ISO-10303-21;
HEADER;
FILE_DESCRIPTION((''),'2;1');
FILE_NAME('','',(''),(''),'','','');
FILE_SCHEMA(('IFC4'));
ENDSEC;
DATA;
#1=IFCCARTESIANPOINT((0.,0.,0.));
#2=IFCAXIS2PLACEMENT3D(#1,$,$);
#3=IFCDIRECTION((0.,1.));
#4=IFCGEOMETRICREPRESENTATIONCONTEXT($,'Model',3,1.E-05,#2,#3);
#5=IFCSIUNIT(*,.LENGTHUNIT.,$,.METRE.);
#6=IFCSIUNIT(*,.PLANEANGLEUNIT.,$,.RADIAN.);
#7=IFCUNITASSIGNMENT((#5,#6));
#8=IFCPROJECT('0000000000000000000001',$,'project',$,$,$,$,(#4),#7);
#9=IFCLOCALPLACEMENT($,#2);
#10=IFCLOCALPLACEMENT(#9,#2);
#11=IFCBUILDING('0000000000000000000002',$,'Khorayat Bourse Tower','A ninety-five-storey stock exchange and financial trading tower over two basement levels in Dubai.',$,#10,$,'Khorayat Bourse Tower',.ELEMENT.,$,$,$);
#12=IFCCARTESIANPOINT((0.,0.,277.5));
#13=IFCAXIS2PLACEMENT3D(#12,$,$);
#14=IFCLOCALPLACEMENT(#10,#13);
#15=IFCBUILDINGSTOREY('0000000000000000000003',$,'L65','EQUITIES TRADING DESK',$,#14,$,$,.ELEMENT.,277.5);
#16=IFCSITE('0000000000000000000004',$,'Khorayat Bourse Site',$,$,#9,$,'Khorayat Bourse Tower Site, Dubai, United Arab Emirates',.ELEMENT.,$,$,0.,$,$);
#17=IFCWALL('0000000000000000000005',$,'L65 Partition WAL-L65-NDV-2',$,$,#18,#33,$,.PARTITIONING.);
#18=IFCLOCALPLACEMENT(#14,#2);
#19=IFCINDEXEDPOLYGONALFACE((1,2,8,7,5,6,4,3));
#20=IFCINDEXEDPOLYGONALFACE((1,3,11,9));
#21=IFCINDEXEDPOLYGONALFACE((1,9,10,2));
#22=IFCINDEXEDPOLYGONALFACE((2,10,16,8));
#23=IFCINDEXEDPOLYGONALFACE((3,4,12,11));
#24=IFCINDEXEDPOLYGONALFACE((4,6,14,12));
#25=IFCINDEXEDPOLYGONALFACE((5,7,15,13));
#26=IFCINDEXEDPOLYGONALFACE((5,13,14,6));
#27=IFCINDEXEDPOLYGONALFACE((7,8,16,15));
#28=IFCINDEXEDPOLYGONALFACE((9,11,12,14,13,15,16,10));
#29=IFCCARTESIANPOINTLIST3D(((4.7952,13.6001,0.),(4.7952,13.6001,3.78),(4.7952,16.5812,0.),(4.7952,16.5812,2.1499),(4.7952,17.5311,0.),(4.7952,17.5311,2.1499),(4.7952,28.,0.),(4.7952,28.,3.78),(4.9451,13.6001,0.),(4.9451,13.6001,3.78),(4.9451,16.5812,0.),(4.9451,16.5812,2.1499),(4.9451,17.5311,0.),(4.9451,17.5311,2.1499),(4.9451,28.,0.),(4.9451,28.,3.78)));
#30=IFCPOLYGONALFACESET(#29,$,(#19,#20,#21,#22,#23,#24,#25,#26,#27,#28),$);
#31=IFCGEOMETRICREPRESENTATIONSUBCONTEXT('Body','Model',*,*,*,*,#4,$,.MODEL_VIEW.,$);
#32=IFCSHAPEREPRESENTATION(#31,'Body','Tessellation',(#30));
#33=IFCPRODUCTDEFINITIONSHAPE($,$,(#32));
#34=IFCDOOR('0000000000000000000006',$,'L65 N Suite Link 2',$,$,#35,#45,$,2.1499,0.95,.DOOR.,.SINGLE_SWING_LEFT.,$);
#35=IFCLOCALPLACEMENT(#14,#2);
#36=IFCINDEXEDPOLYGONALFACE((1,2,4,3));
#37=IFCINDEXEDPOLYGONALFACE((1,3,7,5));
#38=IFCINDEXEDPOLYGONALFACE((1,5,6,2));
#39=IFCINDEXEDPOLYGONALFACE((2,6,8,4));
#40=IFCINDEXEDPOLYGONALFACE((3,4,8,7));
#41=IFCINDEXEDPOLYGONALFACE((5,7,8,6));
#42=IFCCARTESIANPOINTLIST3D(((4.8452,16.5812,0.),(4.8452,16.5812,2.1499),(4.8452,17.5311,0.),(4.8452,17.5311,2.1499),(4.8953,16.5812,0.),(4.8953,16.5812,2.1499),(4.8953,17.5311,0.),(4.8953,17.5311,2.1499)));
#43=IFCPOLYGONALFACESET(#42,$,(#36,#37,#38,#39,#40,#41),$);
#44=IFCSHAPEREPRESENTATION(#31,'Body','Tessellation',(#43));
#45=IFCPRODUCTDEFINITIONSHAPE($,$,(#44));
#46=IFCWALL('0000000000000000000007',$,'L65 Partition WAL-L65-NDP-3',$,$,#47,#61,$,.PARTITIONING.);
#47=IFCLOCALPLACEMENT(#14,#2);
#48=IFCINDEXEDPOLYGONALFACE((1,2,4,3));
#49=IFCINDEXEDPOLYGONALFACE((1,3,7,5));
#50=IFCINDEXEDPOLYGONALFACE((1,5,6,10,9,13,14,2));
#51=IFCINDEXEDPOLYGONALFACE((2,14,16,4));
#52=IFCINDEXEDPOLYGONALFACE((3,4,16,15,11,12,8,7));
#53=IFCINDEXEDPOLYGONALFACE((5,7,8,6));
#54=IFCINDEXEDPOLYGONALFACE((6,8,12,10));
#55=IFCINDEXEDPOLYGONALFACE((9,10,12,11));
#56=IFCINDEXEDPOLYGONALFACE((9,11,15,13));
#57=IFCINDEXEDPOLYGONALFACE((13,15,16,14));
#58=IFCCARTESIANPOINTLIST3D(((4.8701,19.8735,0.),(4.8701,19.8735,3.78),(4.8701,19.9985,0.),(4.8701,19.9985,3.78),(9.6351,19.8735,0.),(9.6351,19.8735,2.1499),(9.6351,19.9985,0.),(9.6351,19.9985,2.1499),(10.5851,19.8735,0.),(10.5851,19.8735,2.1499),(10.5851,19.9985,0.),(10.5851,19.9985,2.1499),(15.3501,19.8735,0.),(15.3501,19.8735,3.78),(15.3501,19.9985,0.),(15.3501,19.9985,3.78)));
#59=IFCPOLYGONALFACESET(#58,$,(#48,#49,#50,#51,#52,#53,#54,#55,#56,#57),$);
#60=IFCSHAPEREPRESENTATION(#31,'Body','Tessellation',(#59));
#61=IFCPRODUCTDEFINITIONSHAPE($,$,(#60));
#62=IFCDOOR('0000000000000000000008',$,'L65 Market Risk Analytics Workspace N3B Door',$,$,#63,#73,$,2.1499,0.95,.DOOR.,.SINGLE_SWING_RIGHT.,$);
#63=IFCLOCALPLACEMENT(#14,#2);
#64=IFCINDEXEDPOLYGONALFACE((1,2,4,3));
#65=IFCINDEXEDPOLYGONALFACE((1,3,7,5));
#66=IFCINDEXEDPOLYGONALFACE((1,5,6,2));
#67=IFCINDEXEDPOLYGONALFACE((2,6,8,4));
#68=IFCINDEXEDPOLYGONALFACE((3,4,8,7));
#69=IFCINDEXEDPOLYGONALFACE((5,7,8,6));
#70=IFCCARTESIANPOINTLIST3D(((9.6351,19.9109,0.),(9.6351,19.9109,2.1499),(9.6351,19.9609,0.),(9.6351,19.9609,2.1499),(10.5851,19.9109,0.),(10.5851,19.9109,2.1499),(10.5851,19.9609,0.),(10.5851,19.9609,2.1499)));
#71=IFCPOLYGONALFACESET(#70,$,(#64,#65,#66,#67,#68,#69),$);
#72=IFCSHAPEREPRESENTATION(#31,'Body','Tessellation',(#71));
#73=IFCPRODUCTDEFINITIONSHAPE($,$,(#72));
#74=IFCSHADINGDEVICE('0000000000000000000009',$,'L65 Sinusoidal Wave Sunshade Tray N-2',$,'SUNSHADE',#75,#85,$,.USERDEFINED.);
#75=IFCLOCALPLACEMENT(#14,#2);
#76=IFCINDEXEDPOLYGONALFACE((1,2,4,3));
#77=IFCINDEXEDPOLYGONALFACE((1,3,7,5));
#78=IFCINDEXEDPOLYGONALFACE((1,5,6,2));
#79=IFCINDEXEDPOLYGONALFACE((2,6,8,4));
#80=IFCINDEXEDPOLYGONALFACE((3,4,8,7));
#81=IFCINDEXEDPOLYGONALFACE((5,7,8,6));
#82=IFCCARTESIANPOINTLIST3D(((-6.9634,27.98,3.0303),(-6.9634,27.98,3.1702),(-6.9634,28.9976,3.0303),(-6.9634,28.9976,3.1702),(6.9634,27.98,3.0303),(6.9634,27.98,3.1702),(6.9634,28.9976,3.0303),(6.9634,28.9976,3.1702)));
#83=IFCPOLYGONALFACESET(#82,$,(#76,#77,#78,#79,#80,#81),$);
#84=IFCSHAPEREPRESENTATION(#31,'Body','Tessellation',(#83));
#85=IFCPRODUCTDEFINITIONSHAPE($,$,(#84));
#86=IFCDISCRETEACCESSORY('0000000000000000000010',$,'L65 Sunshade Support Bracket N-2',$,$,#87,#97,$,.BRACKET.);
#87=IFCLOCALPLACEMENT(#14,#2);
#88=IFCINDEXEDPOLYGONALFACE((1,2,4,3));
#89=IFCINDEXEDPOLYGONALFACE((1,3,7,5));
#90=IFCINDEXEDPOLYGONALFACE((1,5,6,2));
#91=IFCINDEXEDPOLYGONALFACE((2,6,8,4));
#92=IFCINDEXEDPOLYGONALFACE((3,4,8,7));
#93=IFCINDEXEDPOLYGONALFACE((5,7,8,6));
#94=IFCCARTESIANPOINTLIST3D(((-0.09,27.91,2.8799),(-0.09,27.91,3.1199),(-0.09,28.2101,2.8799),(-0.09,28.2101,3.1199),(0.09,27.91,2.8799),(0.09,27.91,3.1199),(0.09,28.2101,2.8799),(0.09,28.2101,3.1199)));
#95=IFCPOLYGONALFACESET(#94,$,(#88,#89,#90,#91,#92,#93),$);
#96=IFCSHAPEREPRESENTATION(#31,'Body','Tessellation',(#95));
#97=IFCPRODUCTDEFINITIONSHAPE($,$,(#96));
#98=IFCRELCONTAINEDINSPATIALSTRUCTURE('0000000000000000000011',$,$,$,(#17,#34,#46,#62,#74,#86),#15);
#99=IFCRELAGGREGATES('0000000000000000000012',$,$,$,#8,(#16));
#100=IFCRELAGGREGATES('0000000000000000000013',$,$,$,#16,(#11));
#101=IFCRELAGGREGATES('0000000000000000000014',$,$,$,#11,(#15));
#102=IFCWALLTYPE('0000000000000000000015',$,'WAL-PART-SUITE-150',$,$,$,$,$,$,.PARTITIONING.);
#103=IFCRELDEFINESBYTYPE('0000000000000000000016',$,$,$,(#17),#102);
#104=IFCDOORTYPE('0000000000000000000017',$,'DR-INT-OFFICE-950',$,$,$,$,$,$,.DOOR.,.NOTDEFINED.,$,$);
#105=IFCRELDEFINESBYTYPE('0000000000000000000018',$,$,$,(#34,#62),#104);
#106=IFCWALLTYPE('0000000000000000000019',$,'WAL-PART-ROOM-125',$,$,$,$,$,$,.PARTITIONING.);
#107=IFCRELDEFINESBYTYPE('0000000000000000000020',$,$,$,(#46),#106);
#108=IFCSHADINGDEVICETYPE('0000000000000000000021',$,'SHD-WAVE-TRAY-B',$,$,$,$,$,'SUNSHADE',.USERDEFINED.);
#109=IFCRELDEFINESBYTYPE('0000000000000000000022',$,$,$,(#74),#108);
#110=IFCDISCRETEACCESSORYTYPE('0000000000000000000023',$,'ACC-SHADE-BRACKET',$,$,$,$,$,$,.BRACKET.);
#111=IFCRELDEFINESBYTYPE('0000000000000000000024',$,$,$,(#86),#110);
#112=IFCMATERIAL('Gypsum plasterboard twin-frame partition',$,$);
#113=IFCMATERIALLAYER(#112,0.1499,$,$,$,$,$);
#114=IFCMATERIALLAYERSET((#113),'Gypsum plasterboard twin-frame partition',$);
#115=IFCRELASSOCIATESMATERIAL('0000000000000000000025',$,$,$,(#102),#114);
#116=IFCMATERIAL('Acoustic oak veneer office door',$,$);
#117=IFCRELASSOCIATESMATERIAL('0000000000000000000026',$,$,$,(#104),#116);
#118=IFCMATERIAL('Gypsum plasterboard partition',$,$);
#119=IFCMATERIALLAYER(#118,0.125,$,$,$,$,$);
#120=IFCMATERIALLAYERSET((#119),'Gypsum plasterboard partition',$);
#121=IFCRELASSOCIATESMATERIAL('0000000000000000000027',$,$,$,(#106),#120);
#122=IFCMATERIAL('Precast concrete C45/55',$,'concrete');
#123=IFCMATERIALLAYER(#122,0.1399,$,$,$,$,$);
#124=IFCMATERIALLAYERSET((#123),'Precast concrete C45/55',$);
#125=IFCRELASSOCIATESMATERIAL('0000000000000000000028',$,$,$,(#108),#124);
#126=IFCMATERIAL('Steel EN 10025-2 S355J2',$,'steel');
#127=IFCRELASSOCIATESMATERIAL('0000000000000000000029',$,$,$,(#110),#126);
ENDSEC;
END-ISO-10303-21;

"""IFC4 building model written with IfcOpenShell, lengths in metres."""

from ifc_helpers import new_model, si_unit, direction, frame, frame_2d, origin, origin_2d, place, context, subcontext, project, spatial, rectangle, extrude, source, transform, mapped, material, layer, layer_set, type_object, element, fill, save


model = new_model("IFC4")

# Units and contexts
model_context = context("Model", 3, precision=1e-05, world=origin(), true_north=direction((0.0, 1.0)))
body_context = subcontext(model_context, "Body", "Model", "MODEL_VIEW")
ifc_project = project(units=[si_unit("LENGTHUNIT", "METRE"), si_unit("PLANEANGLEUNIT", "RADIAN")], contexts=[model_context])

# Site, building, storey
site_placement = place(None, origin())
site = spatial("IfcSite", under=ifc_project, at=site_placement, Name="Khorayat Bourse Site", LongName="Khorayat Bourse Tower Site, Dubai, United Arab Emirates", CompositionType="ELEMENT", RefElevation=0.0)
building_placement = place(site_placement, origin())
building = spatial("IfcBuilding", under=site, at=building_placement, Name="Khorayat Bourse Tower", Description="A ninety-five-storey stock exchange and financial trading tower over two basement levels in Dubai.", LongName="Khorayat Bourse Tower", CompositionType="ELEMENT")
storey_placement = place(building_placement, frame((0.0, 0.0, 277.5)))
storey = spatial("IfcBuildingStorey", under=building, at=storey_placement, Name="L65", Description="EQUITIES TRADING DESK", CompositionType="ELEMENT", Elevation=277.5)

# Shared definitions
ifc_material_1 = material(Name="Steel EN 10025-2 S355J2", Category="steel")

# Walls, openings, doors
ifc_material_2 = material(Name="Gypsum plasterboard twin-frame partition")
ifc_layer_1 = layer(ifc_material_2, 0.1499)
ifc_layer_set_1 = layer_set([ifc_layer_1], Name="Gypsum plasterboard twin-frame partition")
wall_type_1 = type_object("IfcWallType", Name="WAL-PART-SUITE-150", PredefinedType="PARTITIONING", material=ifc_layer_set_1)
shared_shape_1 = source(origin(), body_context, "Body", "SweptSolid", [
    extrude(rectangle(XDim=14.3999, YDim=0.1499, at=frame_2d((7.2, 0.0))), origin(), (0.0, 0.0, 1.0), 3.78),
])
wall_1_placement = place(storey_placement, frame((4.8701, 13.6001, 0.0), z_axis=(0.0, 0.0, 1.0), x_axis=(0.0, 1.0, 0.0)))
wall_1 = element("IfcWall", 1, at=wall_1_placement, inside=storey, type_object=wall_type_1, Name="L65 Partition WAL-L65-NDV-2", PredefinedType="PARTITIONING", context=body_context, shape_type="MappedRepresentation", body=[
    mapped(shared_shape_1, transform((0.0, 0.0, 0.0), scale=1.0)),
])
shared_shape_2 = source(origin(), body_context, "Body", "SweptSolid", [
    extrude(rectangle(XDim=0.95, YDim=2.1499, at=frame_2d((0.4751, 1.075))), frame((0.0, 0.085, 0.0), z_axis=(0.0, -1.0, 0.0), x_axis=(1.0, 0.0, 0.0)), (0.0, 0.0, 1.0), 0.1699),
])
opening_1_placement = place(wall_1_placement, frame((2.981, 0.0, 0.0)))
opening_1 = element("IfcOpeningElement", 2, at=opening_1_placement, cuts=wall_1, PredefinedType="OPENING", context=body_context, shape_type="MappedRepresentation", body=[
    mapped(shared_shape_2, transform((0.0, 0.0, 0.0), scale=1.0)),
])
ifc_material_3 = material(Name="Acoustic oak veneer office door")
door_type_1 = type_object("IfcDoorType", Name="DR-INT-OFFICE-950", OperationType="NOTDEFINED", PredefinedType="DOOR", material=ifc_material_3)
shared_shape_3 = source(origin(), body_context, "Body", "SweptSolid", [
    extrude(rectangle(XDim=0.95, YDim=2.1499, at=frame_2d((0.4751, 1.075))), frame((0.0, 0.0249, 0.0), z_axis=(0.0, -1.0, 0.0), x_axis=(1.0, 0.0, 0.0)), (0.0, 0.0, 1.0), 0.05),
])
door_1_placement = place(opening_1_placement, origin())
door_1 = element("IfcDoor", 3, at=door_1_placement, inside=storey, type_object=door_type_1, Name="L65 N Suite Link 2", OperationType="SINGLE_SWING_LEFT", OverallHeight=2.1499, OverallWidth=0.95, PredefinedType="DOOR", context=body_context, shape_type="MappedRepresentation", body=[
    mapped(shared_shape_3, transform((0.0, 0.0, 0.0), scale=1.0)),
])
fill(opening_1, door_1)
ifc_material_4 = material(Name="Gypsum plasterboard partition")
ifc_layer_2 = layer(ifc_material_4, 0.125)
ifc_layer_set_2 = layer_set([ifc_layer_2], Name="Gypsum plasterboard partition")
wall_type_2 = type_object("IfcWallType", Name="WAL-PART-ROOM-125", PredefinedType="PARTITIONING", material=ifc_layer_set_2)
shared_shape_4 = source(origin(), body_context, "Body", "SweptSolid", [
    extrude(rectangle(XDim=10.48, YDim=0.125, at=frame_2d((5.24, 0.0))), origin(), (0.0, 0.0, 1.0), 3.78),
])
wall_2_placement = place(storey_placement, frame((4.8701, 19.936, 0.0), z_axis=(0.0, 0.0, 1.0), x_axis=(1.0, 0.0, 0.0)))
wall_2 = element("IfcWall", 4, at=wall_2_placement, inside=storey, type_object=wall_type_2, Name="L65 Partition WAL-L65-NDP-3", PredefinedType="PARTITIONING", context=body_context, shape_type="MappedRepresentation", body=[
    mapped(shared_shape_4, transform((0.0, 0.0, 0.0), scale=1.0)),
])
shared_shape_5 = source(origin(), body_context, "Body", "SweptSolid", [
    extrude(rectangle(XDim=0.95, YDim=2.1499, at=frame_2d((0.4751, 1.075))), frame((0.0, 0.0725, 0.0), z_axis=(0.0, -1.0, 0.0), x_axis=(1.0, 0.0, 0.0)), (0.0, 0.0, 1.0), 0.145),
])
opening_2_placement = place(wall_2_placement, frame((4.7649, 0.0, 0.0)))
opening_2 = element("IfcOpeningElement", 5, at=opening_2_placement, cuts=wall_2, PredefinedType="OPENING", context=body_context, shape_type="MappedRepresentation", body=[
    mapped(shared_shape_5, transform((0.0, 0.0, 0.0), scale=1.0)),
])
door_2_placement = place(opening_2_placement, origin())
door_2 = element("IfcDoor", 6, at=door_2_placement, inside=storey, type_object=door_type_1, Name="L65 Market Risk Analytics Workspace N3B Door", OperationType="SINGLE_SWING_RIGHT", OverallHeight=2.1499, OverallWidth=0.95, PredefinedType="DOOR", context=body_context, shape_type="MappedRepresentation", body=[
    mapped(shared_shape_3, transform((0.0, 0.0, 0.0), scale=1.0)),
])
fill(opening_2, door_2)

# Shading device
ifc_material_5 = material(Name="Precast concrete C45/55", Category="concrete")
ifc_layer_3 = layer(ifc_material_5, 0.1399)
ifc_layer_set_3 = layer_set([ifc_layer_3], Name="Precast concrete C45/55")
shading_device_type = type_object("IfcShadingDeviceType", Name="SHD-WAVE-TRAY-B", ElementType="SUNSHADE", PredefinedType="USERDEFINED", material=ifc_layer_set_3)
shared_shape_6 = source(origin(), body_context, "Body", "SweptSolid", [
    extrude(rectangle(XDim=13.9268, YDim=1.0176, at=origin_2d()), origin(), (0.0, 0.0, 1.0), 0.1399),
])
shading_device_placement = place(storey_placement, frame((0.0, 28.4888, 3.0303), z_axis=(0.0, 0.0, 1.0), x_axis=(1.0, 0.0, 0.0)))
element("IfcShadingDevice", 7, at=shading_device_placement, inside=storey, type_object=shading_device_type, Name="L65 Sinusoidal Wave Sunshade Tray N-2", ObjectType="SUNSHADE", PredefinedType="USERDEFINED", context=body_context, shape_type="MappedRepresentation", body=[
    mapped(shared_shape_6, transform((0.0, 0.0, 0.0), scale=1.0)),
])

# Discrete accessory
discrete_accessory_type = type_object("IfcDiscreteAccessoryType", Name="ACC-SHADE-BRACKET", PredefinedType="BRACKET", material=ifc_material_1)
shared_shape_7 = source(origin(), body_context, "Body", "SweptSolid", [
    extrude(rectangle(XDim=0.1799, YDim=0.3, at=origin_2d()), origin(), (0.0, 0.0, 1.0), 0.24),
])
discrete_accessory_placement = place(storey_placement, frame((0.0, 28.0601, 2.8799), z_axis=(0.0, 0.0, 1.0), x_axis=(1.0, 0.0, 0.0)))
element("IfcDiscreteAccessory", 8, at=discrete_accessory_placement, inside=storey, type_object=discrete_accessory_type, Name="L65 Sunshade Support Bracket N-2", PredefinedType="BRACKET", context=body_context, shape_type="MappedRepresentation", body=[
    mapped(shared_shape_7, transform((0.0, 0.0, 0.0), scale=1.0)),
])

save(model, "model.ifc")
